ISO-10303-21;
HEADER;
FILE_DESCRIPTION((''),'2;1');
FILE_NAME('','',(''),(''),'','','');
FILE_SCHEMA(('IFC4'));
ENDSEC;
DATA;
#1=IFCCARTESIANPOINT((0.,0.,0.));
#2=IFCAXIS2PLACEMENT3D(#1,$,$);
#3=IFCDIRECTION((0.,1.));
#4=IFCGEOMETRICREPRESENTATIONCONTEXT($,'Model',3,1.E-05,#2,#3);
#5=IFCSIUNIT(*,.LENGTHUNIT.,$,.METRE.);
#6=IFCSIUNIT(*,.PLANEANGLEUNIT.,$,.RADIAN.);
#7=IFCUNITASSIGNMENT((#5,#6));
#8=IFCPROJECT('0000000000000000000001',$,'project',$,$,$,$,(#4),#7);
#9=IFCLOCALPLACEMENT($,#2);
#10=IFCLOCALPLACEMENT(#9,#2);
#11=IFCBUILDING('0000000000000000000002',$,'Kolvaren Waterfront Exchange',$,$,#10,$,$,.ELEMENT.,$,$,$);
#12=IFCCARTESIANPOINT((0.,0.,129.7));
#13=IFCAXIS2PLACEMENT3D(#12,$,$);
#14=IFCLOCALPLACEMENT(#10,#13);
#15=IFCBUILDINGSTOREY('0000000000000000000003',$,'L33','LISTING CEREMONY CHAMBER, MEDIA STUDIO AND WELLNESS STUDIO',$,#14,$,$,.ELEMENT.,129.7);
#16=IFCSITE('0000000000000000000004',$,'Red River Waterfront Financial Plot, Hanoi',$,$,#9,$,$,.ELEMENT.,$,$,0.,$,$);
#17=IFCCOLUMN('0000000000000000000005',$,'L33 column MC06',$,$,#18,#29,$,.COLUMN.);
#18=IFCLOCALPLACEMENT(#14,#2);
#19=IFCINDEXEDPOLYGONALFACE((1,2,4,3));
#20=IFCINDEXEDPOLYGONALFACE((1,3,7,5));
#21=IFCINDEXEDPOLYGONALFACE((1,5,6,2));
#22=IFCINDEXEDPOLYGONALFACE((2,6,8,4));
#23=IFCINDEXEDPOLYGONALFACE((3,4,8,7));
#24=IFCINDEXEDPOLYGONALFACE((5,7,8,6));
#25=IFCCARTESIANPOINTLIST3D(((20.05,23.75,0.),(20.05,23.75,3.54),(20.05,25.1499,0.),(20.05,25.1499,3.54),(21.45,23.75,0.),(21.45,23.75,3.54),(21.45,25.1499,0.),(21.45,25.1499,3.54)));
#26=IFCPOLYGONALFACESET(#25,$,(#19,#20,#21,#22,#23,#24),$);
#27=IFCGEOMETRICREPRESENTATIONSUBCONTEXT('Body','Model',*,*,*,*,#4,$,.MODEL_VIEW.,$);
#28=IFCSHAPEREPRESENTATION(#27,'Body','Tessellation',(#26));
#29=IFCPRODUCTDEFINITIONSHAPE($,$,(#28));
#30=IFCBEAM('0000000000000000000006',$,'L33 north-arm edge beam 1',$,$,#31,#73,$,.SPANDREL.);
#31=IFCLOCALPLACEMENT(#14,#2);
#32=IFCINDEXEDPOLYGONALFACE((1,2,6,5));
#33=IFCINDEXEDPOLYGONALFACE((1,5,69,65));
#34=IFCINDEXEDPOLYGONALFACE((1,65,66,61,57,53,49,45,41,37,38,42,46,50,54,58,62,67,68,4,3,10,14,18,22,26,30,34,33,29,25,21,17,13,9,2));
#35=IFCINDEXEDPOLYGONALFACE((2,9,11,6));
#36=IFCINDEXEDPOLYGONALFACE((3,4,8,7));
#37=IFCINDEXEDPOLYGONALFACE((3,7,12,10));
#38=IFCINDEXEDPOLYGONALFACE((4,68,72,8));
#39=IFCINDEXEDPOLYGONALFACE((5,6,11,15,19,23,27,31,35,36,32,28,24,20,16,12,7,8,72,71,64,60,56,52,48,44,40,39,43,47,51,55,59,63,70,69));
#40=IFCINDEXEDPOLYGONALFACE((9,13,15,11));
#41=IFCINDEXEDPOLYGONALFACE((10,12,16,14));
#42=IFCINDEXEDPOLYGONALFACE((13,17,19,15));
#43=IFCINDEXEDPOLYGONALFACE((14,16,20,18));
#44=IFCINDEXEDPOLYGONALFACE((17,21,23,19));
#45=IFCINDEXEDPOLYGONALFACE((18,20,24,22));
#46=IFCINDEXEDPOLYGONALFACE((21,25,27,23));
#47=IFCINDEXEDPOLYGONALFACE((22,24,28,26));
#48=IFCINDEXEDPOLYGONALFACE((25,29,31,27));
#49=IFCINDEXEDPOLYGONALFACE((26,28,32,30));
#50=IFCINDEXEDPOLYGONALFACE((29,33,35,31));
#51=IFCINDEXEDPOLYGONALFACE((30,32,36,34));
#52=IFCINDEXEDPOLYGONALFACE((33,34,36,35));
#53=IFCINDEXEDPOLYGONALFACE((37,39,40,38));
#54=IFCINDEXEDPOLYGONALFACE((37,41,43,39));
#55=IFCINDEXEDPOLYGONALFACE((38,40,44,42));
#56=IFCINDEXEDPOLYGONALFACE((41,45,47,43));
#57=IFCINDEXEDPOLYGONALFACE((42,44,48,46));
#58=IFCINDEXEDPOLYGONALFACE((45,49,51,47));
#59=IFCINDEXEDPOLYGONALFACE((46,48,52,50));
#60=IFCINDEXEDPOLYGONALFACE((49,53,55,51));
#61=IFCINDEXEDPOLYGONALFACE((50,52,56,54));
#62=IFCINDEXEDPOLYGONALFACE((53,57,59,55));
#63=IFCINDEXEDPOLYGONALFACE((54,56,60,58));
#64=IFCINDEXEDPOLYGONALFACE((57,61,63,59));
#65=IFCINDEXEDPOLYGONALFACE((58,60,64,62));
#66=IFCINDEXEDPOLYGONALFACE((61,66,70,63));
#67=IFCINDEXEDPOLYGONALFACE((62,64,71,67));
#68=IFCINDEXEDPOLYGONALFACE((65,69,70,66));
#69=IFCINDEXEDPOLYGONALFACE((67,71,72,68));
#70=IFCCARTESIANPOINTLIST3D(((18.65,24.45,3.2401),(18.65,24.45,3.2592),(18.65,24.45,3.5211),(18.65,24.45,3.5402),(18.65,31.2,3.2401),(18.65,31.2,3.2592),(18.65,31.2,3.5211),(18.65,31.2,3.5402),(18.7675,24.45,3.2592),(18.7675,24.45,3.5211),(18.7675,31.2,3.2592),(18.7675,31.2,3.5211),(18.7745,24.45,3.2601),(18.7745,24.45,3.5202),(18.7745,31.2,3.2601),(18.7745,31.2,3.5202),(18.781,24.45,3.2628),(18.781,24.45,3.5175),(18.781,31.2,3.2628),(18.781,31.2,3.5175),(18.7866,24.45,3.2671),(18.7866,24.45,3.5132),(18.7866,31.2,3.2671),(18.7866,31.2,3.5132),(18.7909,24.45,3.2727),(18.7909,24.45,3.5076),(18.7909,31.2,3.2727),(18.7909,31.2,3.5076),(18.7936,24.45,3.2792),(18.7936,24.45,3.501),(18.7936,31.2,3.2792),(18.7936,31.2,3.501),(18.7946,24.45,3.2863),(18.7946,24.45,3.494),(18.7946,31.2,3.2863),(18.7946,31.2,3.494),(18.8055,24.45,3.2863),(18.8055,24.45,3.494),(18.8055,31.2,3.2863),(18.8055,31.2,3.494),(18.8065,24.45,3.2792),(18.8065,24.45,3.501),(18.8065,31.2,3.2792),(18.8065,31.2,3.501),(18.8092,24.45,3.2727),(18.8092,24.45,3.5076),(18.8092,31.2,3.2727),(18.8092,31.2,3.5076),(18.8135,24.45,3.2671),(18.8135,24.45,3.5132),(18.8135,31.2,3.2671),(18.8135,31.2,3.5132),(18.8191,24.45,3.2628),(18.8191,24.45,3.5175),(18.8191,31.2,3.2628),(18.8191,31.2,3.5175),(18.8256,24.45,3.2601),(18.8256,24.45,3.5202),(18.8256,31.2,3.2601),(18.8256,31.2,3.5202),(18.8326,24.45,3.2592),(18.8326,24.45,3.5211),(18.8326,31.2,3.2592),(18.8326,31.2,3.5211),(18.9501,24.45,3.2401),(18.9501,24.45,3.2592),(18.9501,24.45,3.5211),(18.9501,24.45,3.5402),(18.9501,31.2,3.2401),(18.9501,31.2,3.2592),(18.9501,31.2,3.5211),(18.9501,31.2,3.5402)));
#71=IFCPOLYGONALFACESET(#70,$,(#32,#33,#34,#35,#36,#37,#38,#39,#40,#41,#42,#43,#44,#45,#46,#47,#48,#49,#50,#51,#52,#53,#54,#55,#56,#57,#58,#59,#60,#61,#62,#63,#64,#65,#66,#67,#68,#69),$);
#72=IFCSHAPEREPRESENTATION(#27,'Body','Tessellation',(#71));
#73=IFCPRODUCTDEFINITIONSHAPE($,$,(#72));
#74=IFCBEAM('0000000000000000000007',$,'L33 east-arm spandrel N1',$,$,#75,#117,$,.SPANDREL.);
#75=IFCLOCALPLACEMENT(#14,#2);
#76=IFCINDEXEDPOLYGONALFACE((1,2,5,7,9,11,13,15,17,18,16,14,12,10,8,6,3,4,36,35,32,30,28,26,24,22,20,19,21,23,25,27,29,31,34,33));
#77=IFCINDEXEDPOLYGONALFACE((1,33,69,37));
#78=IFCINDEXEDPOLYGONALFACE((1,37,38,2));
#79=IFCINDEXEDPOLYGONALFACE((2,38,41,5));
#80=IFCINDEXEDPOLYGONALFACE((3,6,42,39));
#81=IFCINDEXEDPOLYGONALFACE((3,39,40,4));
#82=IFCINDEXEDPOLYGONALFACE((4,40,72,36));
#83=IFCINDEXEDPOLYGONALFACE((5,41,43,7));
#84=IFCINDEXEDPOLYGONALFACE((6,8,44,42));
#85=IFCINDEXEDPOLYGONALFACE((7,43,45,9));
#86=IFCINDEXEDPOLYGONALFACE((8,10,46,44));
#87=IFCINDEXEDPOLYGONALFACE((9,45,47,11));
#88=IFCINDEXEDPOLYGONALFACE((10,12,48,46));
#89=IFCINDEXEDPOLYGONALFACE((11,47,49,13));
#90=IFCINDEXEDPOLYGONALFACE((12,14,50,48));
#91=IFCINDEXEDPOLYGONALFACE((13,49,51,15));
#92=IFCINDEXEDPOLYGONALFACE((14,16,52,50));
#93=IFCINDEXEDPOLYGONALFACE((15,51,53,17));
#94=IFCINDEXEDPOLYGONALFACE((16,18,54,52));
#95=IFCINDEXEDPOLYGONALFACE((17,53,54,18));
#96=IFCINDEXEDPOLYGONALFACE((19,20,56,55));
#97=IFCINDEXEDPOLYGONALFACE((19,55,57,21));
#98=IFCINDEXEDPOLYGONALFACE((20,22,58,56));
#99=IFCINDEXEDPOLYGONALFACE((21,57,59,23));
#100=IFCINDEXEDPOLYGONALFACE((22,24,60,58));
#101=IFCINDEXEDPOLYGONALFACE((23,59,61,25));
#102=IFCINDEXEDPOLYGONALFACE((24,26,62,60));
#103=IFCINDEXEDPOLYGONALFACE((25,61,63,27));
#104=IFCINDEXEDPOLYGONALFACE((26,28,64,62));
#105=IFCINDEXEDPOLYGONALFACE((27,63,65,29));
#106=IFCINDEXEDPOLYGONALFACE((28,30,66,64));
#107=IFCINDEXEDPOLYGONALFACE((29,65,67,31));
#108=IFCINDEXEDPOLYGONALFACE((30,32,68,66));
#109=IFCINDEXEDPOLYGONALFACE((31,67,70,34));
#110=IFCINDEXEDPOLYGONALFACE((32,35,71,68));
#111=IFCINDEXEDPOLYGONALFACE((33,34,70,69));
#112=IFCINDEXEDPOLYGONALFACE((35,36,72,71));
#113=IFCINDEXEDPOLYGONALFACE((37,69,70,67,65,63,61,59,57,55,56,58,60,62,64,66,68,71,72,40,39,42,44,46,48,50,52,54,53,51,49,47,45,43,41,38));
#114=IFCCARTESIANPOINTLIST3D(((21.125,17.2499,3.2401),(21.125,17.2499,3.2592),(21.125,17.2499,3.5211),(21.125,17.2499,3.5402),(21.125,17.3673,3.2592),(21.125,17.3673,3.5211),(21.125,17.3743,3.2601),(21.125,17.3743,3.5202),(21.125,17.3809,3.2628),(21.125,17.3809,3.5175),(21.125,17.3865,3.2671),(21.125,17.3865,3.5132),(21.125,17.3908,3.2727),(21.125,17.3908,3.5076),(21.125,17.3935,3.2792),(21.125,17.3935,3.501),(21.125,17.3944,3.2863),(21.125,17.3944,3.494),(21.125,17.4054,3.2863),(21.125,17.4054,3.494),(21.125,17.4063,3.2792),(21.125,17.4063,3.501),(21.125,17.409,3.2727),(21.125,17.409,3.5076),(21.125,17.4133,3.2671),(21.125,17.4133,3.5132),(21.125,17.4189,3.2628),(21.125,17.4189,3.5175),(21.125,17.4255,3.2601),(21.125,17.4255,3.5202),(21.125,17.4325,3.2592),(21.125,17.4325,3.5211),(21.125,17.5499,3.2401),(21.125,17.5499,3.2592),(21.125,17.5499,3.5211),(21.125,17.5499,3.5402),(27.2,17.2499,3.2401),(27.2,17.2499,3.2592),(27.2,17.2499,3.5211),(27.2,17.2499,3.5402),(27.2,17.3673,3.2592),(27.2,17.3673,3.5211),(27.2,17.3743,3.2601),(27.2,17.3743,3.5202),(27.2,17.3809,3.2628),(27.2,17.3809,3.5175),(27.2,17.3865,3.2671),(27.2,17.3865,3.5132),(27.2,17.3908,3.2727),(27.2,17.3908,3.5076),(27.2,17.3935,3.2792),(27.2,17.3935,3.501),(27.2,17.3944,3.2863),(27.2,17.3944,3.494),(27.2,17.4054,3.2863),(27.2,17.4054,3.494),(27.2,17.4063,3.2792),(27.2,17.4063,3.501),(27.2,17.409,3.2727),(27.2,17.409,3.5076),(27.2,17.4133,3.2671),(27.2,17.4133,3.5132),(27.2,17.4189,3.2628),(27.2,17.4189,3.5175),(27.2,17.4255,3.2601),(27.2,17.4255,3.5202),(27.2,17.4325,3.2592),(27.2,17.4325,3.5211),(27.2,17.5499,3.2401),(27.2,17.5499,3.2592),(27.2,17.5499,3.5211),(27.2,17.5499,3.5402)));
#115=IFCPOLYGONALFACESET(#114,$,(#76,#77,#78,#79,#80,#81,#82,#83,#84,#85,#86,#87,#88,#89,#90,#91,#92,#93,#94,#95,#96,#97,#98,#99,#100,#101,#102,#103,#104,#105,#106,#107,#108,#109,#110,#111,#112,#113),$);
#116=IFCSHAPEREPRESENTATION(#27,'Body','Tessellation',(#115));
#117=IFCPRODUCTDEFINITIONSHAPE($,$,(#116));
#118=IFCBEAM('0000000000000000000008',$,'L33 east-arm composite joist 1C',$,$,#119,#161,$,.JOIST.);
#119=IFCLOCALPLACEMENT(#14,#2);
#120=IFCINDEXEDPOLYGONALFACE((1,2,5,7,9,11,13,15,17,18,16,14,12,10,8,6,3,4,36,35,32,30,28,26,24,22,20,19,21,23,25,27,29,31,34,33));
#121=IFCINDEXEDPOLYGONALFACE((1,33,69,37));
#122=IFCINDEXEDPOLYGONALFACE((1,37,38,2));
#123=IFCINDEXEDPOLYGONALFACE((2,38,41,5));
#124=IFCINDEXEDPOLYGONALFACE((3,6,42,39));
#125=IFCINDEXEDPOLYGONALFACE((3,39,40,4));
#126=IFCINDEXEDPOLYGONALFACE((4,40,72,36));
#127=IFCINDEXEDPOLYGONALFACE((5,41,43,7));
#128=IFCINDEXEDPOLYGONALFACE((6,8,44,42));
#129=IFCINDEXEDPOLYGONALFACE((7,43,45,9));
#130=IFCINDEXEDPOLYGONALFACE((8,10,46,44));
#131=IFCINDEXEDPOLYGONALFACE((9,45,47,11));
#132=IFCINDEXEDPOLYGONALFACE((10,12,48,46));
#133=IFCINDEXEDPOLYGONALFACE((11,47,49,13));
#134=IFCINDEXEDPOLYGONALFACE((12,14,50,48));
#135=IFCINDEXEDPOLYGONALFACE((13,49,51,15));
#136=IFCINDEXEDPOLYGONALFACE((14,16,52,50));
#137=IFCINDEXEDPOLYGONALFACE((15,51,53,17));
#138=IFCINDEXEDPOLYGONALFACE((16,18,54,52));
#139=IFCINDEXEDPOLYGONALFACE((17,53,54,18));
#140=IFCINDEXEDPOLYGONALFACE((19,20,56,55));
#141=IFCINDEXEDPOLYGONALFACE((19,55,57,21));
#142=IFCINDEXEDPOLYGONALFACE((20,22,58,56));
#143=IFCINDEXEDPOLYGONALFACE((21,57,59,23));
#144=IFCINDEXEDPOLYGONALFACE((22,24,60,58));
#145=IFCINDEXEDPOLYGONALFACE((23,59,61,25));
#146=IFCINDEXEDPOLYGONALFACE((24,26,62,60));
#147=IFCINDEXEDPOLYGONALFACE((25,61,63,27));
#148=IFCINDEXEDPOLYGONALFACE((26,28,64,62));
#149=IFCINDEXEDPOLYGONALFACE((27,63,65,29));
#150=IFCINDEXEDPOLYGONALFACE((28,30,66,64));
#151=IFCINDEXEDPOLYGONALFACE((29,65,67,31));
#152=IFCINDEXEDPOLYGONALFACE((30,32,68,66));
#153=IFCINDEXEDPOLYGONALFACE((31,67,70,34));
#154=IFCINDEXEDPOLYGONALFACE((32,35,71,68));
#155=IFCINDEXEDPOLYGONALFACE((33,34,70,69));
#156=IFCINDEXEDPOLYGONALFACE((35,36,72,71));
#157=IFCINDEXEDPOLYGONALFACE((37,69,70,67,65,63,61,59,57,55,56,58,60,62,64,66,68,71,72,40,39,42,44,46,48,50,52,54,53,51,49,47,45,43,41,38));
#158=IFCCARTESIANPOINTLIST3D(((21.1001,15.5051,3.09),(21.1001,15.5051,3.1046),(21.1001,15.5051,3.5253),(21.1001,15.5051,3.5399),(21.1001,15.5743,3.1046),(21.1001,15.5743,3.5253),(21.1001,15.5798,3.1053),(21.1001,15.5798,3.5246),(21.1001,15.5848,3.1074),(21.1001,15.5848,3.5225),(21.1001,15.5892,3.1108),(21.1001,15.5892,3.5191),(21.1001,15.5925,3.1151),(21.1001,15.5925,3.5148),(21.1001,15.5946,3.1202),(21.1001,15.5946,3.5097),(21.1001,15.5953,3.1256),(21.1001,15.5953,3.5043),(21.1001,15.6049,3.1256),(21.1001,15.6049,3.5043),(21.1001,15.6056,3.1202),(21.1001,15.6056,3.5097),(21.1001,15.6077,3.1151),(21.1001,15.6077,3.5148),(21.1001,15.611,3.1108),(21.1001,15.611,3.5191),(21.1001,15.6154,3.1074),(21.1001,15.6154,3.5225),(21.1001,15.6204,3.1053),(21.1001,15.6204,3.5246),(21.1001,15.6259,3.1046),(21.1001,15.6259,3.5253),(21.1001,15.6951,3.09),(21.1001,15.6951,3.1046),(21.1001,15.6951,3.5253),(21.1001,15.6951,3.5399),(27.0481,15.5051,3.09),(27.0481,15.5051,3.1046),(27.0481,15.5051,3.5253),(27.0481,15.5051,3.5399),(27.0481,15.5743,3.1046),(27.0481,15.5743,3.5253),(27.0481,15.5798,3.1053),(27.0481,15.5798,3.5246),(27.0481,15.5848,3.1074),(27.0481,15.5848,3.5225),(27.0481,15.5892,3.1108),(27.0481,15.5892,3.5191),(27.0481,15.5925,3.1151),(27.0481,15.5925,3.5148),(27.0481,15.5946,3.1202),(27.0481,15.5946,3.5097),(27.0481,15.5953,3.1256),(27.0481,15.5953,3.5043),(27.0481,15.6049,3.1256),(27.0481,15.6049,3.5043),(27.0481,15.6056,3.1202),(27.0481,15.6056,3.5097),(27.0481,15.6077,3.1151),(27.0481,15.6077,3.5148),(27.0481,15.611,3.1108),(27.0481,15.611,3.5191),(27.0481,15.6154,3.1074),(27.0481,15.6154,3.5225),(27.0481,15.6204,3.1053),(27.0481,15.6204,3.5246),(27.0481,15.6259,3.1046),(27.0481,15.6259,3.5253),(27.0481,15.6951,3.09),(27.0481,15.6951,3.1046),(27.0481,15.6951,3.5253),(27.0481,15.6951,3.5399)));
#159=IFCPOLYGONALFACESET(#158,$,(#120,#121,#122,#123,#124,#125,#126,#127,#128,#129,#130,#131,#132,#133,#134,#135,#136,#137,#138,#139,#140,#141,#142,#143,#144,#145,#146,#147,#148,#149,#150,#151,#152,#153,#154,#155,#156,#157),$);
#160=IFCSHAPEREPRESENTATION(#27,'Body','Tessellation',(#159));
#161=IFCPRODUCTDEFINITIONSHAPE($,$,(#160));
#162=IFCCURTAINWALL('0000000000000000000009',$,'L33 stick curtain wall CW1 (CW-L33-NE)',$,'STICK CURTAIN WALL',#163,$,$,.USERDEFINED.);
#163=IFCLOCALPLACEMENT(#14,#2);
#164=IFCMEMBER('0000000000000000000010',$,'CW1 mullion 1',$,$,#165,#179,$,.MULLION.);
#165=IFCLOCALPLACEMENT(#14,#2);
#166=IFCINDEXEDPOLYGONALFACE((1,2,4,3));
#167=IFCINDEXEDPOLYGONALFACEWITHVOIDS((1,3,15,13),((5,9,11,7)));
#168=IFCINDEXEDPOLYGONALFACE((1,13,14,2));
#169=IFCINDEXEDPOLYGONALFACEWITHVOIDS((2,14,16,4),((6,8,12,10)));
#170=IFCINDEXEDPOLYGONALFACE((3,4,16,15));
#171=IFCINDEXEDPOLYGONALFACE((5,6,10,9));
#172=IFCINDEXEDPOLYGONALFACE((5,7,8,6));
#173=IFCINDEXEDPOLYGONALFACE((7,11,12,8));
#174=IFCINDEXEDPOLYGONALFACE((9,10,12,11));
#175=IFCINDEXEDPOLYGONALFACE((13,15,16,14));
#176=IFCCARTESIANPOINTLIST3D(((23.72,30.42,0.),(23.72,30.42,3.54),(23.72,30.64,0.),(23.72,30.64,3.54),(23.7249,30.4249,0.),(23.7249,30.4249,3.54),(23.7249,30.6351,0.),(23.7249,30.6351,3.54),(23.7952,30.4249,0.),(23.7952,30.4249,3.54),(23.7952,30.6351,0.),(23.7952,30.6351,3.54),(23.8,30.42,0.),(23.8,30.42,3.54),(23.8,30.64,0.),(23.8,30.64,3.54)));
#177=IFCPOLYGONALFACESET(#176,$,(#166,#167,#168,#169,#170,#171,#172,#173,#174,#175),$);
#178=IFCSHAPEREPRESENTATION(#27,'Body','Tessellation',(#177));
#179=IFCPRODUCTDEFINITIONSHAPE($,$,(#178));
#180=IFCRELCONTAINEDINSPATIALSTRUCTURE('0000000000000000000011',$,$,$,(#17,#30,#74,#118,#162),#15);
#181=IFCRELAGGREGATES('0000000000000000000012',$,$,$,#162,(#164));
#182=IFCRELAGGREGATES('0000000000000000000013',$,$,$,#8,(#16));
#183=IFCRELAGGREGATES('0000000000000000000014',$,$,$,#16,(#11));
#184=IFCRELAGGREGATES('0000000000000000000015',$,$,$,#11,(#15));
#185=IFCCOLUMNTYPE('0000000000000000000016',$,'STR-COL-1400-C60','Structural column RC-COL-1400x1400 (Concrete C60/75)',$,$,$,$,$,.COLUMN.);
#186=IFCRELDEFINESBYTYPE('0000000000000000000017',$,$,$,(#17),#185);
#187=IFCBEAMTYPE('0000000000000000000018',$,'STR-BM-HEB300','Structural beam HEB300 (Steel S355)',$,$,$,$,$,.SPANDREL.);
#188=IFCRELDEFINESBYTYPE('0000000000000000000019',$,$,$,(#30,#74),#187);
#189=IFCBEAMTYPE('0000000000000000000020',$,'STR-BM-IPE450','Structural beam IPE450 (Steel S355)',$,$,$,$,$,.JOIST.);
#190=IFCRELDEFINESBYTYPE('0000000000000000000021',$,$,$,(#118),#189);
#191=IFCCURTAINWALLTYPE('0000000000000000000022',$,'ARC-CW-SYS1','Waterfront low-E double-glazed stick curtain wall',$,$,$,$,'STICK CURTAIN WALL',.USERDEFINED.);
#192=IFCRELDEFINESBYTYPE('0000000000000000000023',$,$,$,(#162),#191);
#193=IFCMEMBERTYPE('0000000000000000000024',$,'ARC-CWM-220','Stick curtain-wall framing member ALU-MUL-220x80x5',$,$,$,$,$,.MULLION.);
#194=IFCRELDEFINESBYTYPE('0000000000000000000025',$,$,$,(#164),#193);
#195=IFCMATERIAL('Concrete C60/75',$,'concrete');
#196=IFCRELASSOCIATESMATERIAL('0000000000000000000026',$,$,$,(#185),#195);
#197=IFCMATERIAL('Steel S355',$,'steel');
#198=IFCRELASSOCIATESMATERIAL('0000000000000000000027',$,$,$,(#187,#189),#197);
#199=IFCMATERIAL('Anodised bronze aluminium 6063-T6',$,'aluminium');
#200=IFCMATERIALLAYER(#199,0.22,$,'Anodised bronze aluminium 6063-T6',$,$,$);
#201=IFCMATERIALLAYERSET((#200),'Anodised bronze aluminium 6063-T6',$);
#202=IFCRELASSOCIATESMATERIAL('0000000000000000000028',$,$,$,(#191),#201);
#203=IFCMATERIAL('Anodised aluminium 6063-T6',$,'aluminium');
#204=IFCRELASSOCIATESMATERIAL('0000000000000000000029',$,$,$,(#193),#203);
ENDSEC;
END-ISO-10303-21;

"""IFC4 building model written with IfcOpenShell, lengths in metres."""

from ifc_helpers import new_model, si_unit, direction, frame, origin, origin_with_axes, origin_2d, place, context, subcontext, project, spatial, rectangle, hollow_rectangle, i_section, extrude, source, transform, mapped, material, layer, layer_set, material_profile, profile_set, type_object, element, aggregate, save


model = new_model("IFC4")

# Units and contexts
model_context = context("Model", 3, precision=1e-05, world=origin(), true_north=direction((0.0, 1.0)))
body_context = subcontext(model_context, "Body", "Model", "MODEL_VIEW")
ifc_project = project(units=[si_unit("LENGTHUNIT", "METRE"), si_unit("PLANEANGLEUNIT", "RADIAN")], contexts=[model_context])

# Site, building, storey
site_placement = place(None, origin())
site = spatial("IfcSite", under=ifc_project, at=site_placement, Name="Red River Waterfront Financial Plot, Hanoi", CompositionType="ELEMENT", RefElevation=0.0)
building_placement = place(site_placement, origin())
building = spatial("IfcBuilding", under=site, at=building_placement, Name="Kolvaren Waterfront Exchange", CompositionType="ELEMENT")
storey_placement = place(building_placement, frame((0.0, 0.0, 129.7)))
storey = spatial("IfcBuildingStorey", under=building, at=storey_placement, Name="L33", Description="LISTING CEREMONY CHAMBER, MEDIA STUDIO AND WELLNESS STUDIO", CompositionType="ELEMENT", Elevation=129.7)

# Column
ifc_material_1 = material(Name="Concrete C60/75", Category="concrete")
ifc_material_profile_1 = material_profile(ifc_material_1, rectangle(XDim=1.3999, YDim=1.3999, at=origin_2d()), Name="RC-COL-1400x1400")
ifc_profile_set_1 = profile_set([ifc_material_profile_1], Name="Concrete C60/75")
column_type = type_object("IfcColumnType", Name="STR-COL-1400-C60", Description="Structural column RC-COL-1400x1400 (Concrete C60/75)", PredefinedType="COLUMN", material=ifc_profile_set_1)
column_placement = place(storey_placement, frame((20.75, 24.45, 0.0), z_axis=(0.0, 0.0, 1.0), x_axis=(1.0, 0.0, 0.0)))
element("IfcColumn", 1, at=column_placement, inside=storey, type_object=column_type, Name="L33 column MC06", PredefinedType="COLUMN", context=body_context, shape_type="SweptSolid", body=[
    extrude(rectangle(XDim=1.3999, YDim=1.3999, at=origin_2d()), origin(), (0.0, 0.0, 1.0), 3.54),
])

# Beams
ifc_material_2 = material(Name="Steel S355", Category="steel")
ifc_material_profile_2 = material_profile(ifc_material_2, i_section(OverallWidth=0.3, OverallDepth=0.3, WebThickness=0.011, FlangeThickness=0.019, FilletRadius=0.0271, at=origin_2d()), Name="HEB300")
ifc_profile_set_2 = profile_set([ifc_material_profile_2], Name="Steel S355")
beam_type_1 = type_object("IfcBeamType", Name="STR-BM-HEB300", Description="Structural beam HEB300 (Steel S355)", PredefinedType="SPANDREL", material=ifc_profile_set_2)
beam_1_placement = place(storey_placement, frame((18.8, 24.45, 3.3901), z_axis=(0.0, 1.0, 0.0), x_axis=(-1.0, 0.0, 0.0)))
element("IfcBeam", 2, at=beam_1_placement, inside=storey, type_object=beam_type_1, Name="L33 north-arm edge beam 1", PredefinedType="SPANDREL", context=body_context, shape_type="SweptSolid", body=[
    extrude(i_section(OverallWidth=0.3, OverallDepth=0.3, WebThickness=0.011, FlangeThickness=0.019, FilletRadius=0.0271, at=origin_2d()), origin(), (0.0, 0.0, 1.0), 6.75),
])
beam_2_placement = place(storey_placement, frame((21.125, 17.3999, 3.3901), z_axis=(1.0, 0.0, 0.0), x_axis=(0.0, 1.0, 0.0)))
element("IfcBeam", 3, at=beam_2_placement, inside=storey, type_object=beam_type_1, Name="L33 east-arm spandrel N1", PredefinedType="SPANDREL", context=body_context, shape_type="SweptSolid", body=[
    extrude(i_section(OverallWidth=0.3, OverallDepth=0.3, WebThickness=0.011, FlangeThickness=0.019, FilletRadius=0.0271, at=origin_2d()), origin(), (0.0, 0.0, 1.0), 6.075),
])
ifc_material_profile_3 = material_profile(ifc_material_2, i_section(OverallWidth=0.1899, OverallDepth=0.45, WebThickness=0.0095, FlangeThickness=0.0146, FilletRadius=0.021, at=origin_2d()), Name="IPE450")
ifc_profile_set_3 = profile_set([ifc_material_profile_3], Name="Steel S355")
beam_type_2 = type_object("IfcBeamType", Name="STR-BM-IPE450", Description="Structural beam IPE450 (Steel S355)", PredefinedType="JOIST", material=ifc_profile_set_3)
beam_3_placement = place(storey_placement, frame((21.1001, 15.6001, 3.3149), z_axis=(1.0, 0.0, 0.0), x_axis=(0.0, 1.0, 0.0)))
element("IfcBeam", 4, at=beam_3_placement, inside=storey, type_object=beam_type_2, Name="L33 east-arm composite joist 1C", PredefinedType="JOIST", context=body_context, shape_type="SweptSolid", body=[
    extrude(i_section(OverallWidth=0.1899, OverallDepth=0.45, WebThickness=0.0095, FlangeThickness=0.0146, FilletRadius=0.021, at=origin_2d()), origin(), (0.0, 0.0, 1.0), 5.948),
])

# Curtain wall, member
ifc_material_3 = material(Name="Anodised bronze aluminium 6063-T6", Category="aluminium")
ifc_layer_1 = layer(ifc_material_3, 0.22, Name="Anodised bronze aluminium 6063-T6")
ifc_layer_set_1 = layer_set([ifc_layer_1], Name="Anodised bronze aluminium 6063-T6")
curtain_wall_type = type_object("IfcCurtainWallType", Name="ARC-CW-SYS1", Description="Waterfront low-E double-glazed stick curtain wall", ElementType="STICK CURTAIN WALL", PredefinedType="USERDEFINED", material=ifc_layer_set_1)
curtain_wall_placement = place(storey_placement, origin())
curtain_wall = element("IfcCurtainWall", 5, at=curtain_wall_placement, inside=storey, type_object=curtain_wall_type, Name="L33 stick curtain wall CW1 (CW-L33-NE)", ObjectType="STICK CURTAIN WALL", PredefinedType="USERDEFINED")
ifc_material_4 = material(Name="Anodised aluminium 6063-T6", Category="aluminium")
ifc_material_profile_4 = material_profile(ifc_material_4, hollow_rectangle(XDim=0.0801, YDim=0.22, WallThickness=0.0049, at=origin_2d()), Name="ALU-MUL-220x80x5")
ifc_profile_set_4 = profile_set([ifc_material_profile_4], Name="Anodised aluminium 6063-T6")
member_type_1 = type_object("IfcMemberType", Name="ARC-CWM-220", Description="Stick curtain-wall framing member ALU-MUL-220x80x5", PredefinedType="MULLION", material=ifc_profile_set_4)
shared_shape_1 = source(origin_with_axes(), body_context, "Body", "SweptSolid", [
    extrude(hollow_rectangle(XDim=0.0801, YDim=0.22, WallThickness=0.0049, at=origin_2d()), origin(), (0.0, 0.0, 1.0), 3.54),
])
member_1_placement = place(storey_placement, frame((23.76, 30.53, 0.0), z_axis=(0.0, 0.0, 1.0), x_axis=(-1.0, 0.0, 0.0)))
member_1 = element("IfcMember", 6, at=member_1_placement, type_object=member_type_1, Name="CW1 mullion 1", PredefinedType="MULLION", context=body_context, shape_type="MappedRepresentation", body=[
    mapped(shared_shape_1, transform((0.0, 0.0, 0.0), x_axis=(1.0, 0.0, 0.0), y_axis=(0.0, 1.0, 0.0), z_axis=(0.0, 0.0, 1.0), scale=1.0)),
])
aggregate(curtain_wall, [member_1])

save(model, "model.ifc")
